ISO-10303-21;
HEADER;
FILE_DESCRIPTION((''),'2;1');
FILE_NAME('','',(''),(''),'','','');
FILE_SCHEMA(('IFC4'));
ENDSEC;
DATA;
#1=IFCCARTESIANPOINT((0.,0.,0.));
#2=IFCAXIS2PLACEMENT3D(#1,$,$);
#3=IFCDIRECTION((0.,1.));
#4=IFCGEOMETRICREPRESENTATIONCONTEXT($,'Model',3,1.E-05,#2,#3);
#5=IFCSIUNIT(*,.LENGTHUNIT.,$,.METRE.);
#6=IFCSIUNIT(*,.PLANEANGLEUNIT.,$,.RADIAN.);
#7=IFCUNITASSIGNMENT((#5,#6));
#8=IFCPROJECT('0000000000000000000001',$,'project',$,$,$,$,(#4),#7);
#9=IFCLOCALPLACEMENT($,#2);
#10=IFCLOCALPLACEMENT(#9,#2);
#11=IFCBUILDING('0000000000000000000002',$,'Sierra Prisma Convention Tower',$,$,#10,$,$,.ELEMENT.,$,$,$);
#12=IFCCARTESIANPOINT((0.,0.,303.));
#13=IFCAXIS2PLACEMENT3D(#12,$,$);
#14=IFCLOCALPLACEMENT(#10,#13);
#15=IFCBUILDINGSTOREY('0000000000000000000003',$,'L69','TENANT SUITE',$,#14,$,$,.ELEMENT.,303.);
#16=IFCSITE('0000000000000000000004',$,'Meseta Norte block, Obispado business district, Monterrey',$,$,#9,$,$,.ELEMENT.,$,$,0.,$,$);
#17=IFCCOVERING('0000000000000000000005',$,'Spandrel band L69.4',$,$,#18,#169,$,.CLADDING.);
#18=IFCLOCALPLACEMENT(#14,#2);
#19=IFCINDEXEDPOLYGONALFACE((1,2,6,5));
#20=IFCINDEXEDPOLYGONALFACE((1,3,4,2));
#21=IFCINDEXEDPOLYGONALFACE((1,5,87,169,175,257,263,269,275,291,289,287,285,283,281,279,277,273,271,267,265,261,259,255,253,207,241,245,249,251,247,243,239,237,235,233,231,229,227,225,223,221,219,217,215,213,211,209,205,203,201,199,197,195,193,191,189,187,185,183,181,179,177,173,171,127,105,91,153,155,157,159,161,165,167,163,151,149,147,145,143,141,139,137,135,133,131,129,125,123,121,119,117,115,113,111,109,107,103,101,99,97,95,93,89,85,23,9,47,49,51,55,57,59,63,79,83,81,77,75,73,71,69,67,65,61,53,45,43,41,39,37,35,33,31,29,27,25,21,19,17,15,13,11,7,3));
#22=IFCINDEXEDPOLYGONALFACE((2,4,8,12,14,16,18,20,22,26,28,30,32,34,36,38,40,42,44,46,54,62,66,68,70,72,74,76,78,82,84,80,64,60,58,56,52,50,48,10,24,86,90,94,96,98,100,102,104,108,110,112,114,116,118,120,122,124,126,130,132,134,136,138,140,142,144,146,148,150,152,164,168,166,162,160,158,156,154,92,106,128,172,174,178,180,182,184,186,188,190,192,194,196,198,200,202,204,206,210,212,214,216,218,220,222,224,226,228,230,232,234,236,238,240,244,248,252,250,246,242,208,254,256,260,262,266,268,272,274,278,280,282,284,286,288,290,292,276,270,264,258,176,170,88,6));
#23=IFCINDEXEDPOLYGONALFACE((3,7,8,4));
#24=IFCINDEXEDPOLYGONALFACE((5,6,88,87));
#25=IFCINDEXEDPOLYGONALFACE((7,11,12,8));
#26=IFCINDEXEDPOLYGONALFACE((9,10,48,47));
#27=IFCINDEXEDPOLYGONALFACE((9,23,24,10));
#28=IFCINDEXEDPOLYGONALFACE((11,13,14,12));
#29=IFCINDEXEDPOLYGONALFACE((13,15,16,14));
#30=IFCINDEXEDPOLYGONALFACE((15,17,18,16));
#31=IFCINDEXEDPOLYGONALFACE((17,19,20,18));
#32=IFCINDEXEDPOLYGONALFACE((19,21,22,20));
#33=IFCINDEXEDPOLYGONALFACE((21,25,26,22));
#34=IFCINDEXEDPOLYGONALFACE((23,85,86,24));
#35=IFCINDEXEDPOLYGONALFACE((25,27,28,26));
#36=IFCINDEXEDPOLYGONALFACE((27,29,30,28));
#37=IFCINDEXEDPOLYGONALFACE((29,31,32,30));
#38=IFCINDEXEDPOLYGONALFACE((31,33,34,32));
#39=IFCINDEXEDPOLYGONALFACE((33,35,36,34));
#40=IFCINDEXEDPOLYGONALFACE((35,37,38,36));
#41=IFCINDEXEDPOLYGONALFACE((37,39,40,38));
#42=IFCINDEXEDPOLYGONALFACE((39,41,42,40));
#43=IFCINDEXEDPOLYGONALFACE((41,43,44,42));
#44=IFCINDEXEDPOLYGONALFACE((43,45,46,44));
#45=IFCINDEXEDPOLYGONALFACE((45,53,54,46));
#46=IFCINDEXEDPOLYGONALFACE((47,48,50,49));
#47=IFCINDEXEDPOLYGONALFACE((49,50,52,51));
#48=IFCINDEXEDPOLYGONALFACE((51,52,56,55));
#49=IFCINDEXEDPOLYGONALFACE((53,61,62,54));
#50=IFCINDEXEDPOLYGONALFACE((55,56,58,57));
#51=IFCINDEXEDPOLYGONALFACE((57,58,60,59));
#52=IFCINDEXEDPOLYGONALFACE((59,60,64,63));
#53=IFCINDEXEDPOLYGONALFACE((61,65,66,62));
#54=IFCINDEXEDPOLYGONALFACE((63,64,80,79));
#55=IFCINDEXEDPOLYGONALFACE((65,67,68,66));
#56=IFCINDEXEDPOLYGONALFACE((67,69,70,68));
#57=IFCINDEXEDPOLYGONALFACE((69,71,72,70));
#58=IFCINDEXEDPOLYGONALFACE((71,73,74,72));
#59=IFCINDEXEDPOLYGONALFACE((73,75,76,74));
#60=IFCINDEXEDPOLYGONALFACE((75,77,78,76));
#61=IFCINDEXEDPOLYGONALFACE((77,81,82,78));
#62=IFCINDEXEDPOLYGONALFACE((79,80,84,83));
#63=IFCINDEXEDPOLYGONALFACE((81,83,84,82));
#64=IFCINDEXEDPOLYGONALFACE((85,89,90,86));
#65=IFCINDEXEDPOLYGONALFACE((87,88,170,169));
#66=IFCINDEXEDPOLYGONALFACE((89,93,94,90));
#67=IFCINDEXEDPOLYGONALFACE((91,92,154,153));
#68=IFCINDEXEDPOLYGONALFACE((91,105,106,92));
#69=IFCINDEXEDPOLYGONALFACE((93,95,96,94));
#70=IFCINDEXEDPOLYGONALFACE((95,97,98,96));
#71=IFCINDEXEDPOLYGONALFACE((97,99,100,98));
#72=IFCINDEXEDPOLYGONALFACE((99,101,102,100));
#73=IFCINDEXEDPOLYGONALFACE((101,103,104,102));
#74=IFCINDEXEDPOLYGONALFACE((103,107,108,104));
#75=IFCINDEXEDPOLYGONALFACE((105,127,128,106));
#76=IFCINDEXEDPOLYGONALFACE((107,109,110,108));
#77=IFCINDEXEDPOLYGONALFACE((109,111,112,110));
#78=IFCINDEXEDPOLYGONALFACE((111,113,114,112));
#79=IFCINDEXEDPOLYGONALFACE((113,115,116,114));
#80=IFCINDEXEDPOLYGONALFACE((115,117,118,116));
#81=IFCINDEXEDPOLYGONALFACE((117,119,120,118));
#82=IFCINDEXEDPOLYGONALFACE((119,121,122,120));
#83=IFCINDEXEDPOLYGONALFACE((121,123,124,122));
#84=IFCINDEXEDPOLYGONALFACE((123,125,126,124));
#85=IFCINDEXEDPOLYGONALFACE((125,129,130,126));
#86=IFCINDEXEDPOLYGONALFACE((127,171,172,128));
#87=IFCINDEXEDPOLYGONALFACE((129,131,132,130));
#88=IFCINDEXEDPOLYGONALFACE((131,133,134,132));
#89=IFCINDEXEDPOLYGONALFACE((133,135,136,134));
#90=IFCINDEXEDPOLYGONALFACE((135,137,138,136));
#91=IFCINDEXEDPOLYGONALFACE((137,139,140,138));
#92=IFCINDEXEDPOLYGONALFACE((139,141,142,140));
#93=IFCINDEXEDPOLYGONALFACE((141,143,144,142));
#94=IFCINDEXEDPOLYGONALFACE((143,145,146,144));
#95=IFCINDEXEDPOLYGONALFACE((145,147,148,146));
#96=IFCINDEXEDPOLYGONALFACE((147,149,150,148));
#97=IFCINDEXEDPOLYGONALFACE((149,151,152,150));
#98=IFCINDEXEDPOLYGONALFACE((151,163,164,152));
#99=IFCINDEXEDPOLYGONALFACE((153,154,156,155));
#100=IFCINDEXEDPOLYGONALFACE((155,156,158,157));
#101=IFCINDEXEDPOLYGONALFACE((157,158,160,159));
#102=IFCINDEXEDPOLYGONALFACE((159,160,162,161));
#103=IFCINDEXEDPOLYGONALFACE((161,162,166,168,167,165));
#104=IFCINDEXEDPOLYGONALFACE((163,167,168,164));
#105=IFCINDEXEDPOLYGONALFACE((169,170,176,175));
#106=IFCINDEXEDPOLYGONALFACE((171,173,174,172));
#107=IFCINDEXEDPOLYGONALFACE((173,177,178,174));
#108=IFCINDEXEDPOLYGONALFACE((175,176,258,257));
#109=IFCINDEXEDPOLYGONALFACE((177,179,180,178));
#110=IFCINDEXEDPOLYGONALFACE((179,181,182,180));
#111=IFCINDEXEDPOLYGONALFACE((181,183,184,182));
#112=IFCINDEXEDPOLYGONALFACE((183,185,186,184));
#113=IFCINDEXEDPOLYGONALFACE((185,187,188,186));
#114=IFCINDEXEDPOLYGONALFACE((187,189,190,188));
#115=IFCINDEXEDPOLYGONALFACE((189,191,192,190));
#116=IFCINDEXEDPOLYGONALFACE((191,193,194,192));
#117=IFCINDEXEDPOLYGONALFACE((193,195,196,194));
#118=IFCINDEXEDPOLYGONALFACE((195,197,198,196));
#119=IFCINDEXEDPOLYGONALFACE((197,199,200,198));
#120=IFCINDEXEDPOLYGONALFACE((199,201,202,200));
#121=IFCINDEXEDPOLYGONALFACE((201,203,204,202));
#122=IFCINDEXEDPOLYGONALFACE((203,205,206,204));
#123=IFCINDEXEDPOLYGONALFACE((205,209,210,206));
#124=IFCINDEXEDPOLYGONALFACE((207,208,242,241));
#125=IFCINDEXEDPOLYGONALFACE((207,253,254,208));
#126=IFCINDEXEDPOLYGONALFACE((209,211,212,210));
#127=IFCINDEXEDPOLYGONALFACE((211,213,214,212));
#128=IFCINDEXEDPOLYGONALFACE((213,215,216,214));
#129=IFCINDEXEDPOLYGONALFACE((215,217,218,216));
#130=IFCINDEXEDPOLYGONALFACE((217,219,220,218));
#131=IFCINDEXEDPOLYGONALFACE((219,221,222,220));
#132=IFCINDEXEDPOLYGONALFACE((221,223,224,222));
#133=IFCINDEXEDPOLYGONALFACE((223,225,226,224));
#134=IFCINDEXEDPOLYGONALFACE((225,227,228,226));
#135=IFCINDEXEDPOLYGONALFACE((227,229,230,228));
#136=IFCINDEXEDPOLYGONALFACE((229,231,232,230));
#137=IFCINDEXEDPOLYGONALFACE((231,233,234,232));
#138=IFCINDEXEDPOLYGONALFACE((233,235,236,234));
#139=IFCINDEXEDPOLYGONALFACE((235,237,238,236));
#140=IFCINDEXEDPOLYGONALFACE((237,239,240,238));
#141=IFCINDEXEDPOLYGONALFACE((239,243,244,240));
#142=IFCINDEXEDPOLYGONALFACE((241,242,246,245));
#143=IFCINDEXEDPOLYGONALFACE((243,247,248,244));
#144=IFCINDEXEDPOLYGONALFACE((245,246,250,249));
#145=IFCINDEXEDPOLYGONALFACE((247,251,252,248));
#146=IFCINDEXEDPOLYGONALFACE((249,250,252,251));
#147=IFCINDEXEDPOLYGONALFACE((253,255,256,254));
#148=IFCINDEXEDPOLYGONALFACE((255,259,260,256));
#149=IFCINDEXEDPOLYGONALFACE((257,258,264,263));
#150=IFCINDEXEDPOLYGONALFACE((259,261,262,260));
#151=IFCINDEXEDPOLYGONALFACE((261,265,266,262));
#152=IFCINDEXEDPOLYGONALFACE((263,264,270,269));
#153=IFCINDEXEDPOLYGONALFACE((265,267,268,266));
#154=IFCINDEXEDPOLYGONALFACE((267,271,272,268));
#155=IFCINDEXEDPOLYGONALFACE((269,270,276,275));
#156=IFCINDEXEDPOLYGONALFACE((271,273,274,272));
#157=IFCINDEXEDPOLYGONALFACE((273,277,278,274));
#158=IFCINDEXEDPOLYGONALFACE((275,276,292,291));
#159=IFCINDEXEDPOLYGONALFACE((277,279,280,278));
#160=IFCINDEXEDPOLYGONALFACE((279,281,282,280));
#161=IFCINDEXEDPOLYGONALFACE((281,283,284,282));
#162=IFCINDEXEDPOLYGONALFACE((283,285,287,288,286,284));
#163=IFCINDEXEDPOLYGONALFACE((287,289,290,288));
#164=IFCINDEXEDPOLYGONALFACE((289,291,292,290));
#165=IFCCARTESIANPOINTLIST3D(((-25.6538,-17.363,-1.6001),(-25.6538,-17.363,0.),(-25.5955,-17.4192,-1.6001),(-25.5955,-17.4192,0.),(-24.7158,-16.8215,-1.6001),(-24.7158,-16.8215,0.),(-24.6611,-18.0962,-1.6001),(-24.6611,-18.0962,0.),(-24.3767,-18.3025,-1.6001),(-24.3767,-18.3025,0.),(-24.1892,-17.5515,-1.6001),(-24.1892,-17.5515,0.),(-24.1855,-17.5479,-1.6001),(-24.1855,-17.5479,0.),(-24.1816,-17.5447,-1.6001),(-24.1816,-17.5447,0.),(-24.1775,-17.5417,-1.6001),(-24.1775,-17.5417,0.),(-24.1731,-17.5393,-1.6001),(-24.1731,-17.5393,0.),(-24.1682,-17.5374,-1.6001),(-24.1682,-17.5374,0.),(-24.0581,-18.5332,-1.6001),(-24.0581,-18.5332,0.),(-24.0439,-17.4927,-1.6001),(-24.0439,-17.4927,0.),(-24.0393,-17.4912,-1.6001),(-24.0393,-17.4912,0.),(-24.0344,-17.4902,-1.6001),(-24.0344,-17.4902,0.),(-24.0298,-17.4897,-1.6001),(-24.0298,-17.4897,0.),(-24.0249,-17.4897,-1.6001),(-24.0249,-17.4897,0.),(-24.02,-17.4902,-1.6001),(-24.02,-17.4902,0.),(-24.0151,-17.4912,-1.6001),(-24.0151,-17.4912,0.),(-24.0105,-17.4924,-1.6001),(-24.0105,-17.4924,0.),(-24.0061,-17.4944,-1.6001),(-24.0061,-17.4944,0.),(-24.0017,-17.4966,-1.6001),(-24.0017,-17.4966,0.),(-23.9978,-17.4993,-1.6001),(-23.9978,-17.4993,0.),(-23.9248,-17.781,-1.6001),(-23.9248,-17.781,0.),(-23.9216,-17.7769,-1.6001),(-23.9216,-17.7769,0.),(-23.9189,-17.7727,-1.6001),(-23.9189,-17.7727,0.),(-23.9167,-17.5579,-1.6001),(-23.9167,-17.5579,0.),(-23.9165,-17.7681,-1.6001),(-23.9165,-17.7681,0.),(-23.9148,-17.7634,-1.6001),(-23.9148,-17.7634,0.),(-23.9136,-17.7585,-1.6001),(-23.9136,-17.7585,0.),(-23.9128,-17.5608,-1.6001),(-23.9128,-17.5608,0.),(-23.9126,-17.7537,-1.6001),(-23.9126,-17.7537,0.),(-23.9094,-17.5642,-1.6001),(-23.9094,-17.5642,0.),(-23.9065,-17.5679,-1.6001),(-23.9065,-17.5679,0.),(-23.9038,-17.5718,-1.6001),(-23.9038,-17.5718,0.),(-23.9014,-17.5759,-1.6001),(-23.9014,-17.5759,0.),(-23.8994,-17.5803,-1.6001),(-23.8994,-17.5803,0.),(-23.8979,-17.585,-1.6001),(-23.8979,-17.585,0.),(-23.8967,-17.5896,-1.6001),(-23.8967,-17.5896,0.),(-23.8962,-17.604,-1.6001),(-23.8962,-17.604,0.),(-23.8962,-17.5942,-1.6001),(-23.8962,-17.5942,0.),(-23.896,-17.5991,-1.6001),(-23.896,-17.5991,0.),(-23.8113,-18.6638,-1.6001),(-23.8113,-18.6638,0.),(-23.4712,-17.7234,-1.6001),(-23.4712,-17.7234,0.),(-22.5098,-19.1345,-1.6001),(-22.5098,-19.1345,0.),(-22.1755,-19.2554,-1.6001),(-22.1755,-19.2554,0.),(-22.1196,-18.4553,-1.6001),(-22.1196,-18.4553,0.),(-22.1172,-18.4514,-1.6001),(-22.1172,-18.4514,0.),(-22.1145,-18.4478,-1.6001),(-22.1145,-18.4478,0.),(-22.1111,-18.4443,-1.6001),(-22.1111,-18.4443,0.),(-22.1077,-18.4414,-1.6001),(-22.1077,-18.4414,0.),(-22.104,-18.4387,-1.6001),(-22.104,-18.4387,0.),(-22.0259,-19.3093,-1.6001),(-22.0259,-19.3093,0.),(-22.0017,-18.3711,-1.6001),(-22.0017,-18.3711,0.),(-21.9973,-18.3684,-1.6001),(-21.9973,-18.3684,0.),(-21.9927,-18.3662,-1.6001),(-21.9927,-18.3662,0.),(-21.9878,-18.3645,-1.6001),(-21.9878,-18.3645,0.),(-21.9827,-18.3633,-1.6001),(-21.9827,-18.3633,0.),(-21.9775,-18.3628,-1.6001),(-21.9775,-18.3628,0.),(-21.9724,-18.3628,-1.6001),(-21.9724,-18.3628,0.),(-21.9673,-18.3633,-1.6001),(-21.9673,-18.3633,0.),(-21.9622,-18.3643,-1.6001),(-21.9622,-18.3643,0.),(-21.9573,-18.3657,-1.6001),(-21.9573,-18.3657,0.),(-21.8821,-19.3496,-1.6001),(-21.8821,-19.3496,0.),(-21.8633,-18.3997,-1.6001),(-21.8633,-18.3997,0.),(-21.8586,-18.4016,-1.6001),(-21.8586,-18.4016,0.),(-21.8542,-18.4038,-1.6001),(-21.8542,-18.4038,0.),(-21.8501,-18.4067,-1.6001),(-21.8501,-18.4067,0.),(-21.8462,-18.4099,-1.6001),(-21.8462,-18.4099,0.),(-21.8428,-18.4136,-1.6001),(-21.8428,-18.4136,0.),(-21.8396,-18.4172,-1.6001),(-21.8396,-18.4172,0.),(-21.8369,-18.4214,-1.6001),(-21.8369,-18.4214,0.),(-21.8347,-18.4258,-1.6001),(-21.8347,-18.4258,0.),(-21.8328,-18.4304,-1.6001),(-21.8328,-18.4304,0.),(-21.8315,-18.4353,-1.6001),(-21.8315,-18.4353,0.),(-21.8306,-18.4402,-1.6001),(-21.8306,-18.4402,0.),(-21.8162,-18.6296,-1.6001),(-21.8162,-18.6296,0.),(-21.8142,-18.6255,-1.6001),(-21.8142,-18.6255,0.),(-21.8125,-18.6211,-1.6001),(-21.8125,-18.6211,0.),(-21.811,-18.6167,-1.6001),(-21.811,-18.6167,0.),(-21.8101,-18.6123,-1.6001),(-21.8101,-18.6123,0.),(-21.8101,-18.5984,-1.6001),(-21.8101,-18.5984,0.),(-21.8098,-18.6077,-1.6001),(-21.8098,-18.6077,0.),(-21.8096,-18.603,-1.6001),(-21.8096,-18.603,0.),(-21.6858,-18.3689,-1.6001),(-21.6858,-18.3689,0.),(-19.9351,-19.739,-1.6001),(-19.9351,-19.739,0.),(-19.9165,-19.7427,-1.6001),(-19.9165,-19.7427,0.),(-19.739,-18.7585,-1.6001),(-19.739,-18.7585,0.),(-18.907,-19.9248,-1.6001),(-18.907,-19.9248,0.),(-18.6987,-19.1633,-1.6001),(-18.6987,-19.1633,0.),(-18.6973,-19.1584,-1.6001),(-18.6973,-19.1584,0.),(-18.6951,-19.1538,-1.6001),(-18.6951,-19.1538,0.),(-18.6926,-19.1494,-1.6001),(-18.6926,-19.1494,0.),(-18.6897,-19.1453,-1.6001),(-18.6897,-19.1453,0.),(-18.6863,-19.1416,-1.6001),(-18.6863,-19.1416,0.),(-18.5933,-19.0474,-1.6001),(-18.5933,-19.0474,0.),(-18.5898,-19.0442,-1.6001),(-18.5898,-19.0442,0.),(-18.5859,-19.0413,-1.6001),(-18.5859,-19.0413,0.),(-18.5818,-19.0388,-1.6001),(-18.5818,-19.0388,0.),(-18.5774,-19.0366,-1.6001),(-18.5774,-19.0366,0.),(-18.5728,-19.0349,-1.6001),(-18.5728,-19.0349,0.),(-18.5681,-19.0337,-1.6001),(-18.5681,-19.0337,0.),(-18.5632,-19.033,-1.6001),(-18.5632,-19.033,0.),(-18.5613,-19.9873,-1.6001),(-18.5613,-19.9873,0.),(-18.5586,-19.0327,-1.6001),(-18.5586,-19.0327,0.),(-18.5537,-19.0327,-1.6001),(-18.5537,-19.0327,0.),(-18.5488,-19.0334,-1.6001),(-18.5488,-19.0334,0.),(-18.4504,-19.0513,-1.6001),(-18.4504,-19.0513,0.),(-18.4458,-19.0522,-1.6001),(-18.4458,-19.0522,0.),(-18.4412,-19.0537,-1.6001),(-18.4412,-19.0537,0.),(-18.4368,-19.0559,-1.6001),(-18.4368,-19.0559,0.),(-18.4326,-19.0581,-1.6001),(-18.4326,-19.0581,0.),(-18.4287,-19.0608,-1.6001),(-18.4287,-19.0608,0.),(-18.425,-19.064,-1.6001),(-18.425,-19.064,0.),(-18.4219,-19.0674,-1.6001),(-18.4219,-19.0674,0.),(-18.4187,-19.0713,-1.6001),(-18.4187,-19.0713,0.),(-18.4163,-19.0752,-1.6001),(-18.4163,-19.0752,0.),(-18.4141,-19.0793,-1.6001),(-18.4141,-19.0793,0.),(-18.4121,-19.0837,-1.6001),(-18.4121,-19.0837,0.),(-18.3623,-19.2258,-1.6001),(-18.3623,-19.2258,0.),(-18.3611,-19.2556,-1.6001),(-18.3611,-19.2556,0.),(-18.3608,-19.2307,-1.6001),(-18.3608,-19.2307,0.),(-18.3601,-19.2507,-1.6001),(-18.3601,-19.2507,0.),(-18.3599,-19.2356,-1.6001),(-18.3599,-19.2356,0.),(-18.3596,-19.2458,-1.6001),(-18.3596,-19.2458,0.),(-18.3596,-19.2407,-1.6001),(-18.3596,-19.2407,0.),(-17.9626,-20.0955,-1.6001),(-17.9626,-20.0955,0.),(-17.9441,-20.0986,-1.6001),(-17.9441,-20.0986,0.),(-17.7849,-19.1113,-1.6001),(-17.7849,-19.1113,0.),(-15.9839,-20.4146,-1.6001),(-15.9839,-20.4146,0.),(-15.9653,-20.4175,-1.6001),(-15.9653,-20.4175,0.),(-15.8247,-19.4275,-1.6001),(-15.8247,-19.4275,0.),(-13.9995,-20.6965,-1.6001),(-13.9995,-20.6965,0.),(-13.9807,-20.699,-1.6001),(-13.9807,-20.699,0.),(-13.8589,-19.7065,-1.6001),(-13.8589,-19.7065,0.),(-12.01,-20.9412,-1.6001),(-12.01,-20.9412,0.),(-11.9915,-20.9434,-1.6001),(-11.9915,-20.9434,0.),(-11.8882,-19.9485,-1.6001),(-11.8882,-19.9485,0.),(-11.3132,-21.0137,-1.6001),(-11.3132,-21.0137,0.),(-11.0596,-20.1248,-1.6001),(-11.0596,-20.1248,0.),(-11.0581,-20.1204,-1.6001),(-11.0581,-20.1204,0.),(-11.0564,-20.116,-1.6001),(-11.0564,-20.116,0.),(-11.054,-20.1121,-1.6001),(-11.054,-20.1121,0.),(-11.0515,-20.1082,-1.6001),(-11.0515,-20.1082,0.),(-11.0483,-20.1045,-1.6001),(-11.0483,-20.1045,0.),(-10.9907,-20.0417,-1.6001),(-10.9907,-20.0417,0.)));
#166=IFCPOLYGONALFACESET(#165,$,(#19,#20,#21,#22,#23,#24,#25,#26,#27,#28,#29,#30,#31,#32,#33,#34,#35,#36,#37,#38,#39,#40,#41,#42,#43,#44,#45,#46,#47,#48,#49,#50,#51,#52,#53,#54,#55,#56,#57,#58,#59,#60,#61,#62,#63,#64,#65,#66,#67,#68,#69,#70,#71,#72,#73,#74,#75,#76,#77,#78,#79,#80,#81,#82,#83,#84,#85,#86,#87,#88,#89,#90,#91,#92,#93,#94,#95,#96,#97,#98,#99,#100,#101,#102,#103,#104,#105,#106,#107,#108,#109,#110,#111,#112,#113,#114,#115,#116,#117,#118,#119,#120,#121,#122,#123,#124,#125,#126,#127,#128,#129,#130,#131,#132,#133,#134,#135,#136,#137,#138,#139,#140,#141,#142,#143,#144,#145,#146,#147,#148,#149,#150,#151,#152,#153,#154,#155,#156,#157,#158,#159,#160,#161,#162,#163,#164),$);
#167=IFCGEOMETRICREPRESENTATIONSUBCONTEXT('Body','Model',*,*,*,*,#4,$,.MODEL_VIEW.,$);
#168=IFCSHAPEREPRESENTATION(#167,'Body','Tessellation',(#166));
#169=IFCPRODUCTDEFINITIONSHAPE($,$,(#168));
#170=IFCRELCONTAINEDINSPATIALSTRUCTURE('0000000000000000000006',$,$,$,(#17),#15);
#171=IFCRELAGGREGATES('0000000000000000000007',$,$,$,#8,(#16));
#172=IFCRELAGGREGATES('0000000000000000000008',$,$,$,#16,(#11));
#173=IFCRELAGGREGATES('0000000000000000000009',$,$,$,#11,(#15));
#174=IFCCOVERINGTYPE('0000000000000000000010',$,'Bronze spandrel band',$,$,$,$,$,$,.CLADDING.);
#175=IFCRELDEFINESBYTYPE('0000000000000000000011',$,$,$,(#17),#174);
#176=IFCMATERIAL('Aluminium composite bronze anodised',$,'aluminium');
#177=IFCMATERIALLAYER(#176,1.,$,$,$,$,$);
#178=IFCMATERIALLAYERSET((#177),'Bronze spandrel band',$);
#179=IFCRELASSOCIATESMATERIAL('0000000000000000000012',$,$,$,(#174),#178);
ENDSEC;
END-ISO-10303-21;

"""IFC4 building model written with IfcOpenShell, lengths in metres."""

from ifc_helpers import new_model, si_unit, direction, frame, origin, place, context, subcontext, project, spatial, polyline, outline, extrude, material, layer, layer_set, type_object, element, save


model = new_model("IFC4")

# Units and contexts
model_context = context("Model", 3, precision=1e-05, world=origin(), true_north=direction((0.0, 1.0)))
body_context = subcontext(model_context, "Body", "Model", "MODEL_VIEW")
ifc_project = project(units=[si_unit("LENGTHUNIT", "METRE"), si_unit("PLANEANGLEUNIT", "RADIAN")], contexts=[model_context])

# Site, building, storey
site_placement = place(None, origin())
site = spatial("IfcSite", under=ifc_project, at=site_placement, Name="Meseta Norte block, Obispado business district, Monterrey", CompositionType="ELEMENT", RefElevation=0.0)
building_placement = place(site_placement, origin())
building = spatial("IfcBuilding", under=site, at=building_placement, Name="Sierra Prisma Convention Tower", CompositionType="ELEMENT")
storey_placement = place(building_placement, frame((0.0, 0.0, 303.0)))
storey = spatial("IfcBuildingStorey", under=building, at=storey_placement, Name="L69", Description="TENANT SUITE", CompositionType="ELEMENT", Elevation=303.0)

# Covering
ifc_material_1 = material(Name="Aluminium composite bronze anodised", Category="aluminium")
ifc_layer_1 = layer(ifc_material_1, 1.0)
ifc_layer_set_1 = layer_set([ifc_layer_1], Name="Bronze spandrel band")
covering_type = type_object("IfcCoveringType", Name="Bronze spandrel band", PredefinedType="CLADDING", material=ifc_layer_set_1)
covering_1_placement = place(storey_placement, frame((0.0, 0.0, -1.6001)))
element("IfcCovering", 1, at=covering_1_placement, inside=storey, type_object=covering_type, Name="Spandrel band L69.4", PredefinedType="CLADDING", context=body_context, shape_type="SweptSolid", body=[
    extrude(outline(polyline([(-21.6858, -18.3689), (-19.739, -18.7585), (-17.7849, -19.1113), (-15.8247, -19.4275), (-13.8589, -19.7065), (-11.8882, -19.9485), (-10.9907, -20.0417), (-11.0483, -20.1045), (-11.0515, -20.1082), (-11.054, -20.1121), (-11.0564, -20.116), (-11.0581, -20.1204), (-11.0596, -20.1248), (-11.3132, -21.0137), (-11.9915, -20.9434), (-12.01, -20.9412), (-13.9807, -20.699), (-13.9995, -20.6965), (-15.9653, -20.4175), (-15.9839, -20.4146), (-17.9441, -20.0986), (-17.9626, -20.0955), (-18.5613, -19.9873), (-18.3611, -19.2556), (-18.3601, -19.2507), (-18.3596, -19.2458), (-18.3596, -19.2407), (-18.3599, -19.2356), (-18.3608, -19.2307), (-18.3623, -19.2258), (-18.4121, -19.0837), (-18.4141, -19.0793), (-18.4163, -19.0752), (-18.4187, -19.0713), (-18.4219, -19.0674), (-18.425, -19.064), (-18.4287, -19.0608), (-18.4326, -19.0581), (-18.4368, -19.0559), (-18.4412, -19.0537), (-18.4458, -19.0522), (-18.4504, -19.0513), (-18.5488, -19.0334), (-18.5537, -19.0327), (-18.5586, -19.0327), (-18.5632, -19.033), (-18.5681, -19.0337), (-18.5728, -19.0349), (-18.5774, -19.0366), (-18.5818, -19.0388), (-18.5859, -19.0413), (-18.5898, -19.0442), (-18.5933, -19.0474), (-18.6863, -19.1416), (-18.6897, -19.1453), (-18.6926, -19.1494), (-18.6951, -19.1538), (-18.6973, -19.1584), (-18.6987, -19.1633), (-18.907, -19.9248), (-19.9165, -19.7427), (-19.9351, -19.739), (-21.8821, -19.3496), (-22.0259, -19.3093), (-22.1755, -19.2554), (-21.8162, -18.6296), (-21.8142, -18.6255), (-21.8125, -18.6211), (-21.811, -18.6167), (-21.8101, -18.6123), (-21.8098, -18.6077), (-21.8096, -18.603), (-21.8101, -18.5984), (-21.8306, -18.4402), (-21.8315, -18.4353), (-21.8328, -18.4304), (-21.8347, -18.4258), (-21.8369, -18.4214), (-21.8396, -18.4172), (-21.8428, -18.4136), (-21.8462, -18.4099), (-21.8501, -18.4067), (-21.8542, -18.4038), (-21.8586, -18.4016), (-21.8633, -18.3997), (-21.9573, -18.3657), (-21.9622, -18.3643), (-21.9673, -18.3633), (-21.9724, -18.3628), (-21.9775, -18.3628), (-21.9827, -18.3633), (-21.9878, -18.3645), (-21.9927, -18.3662), (-21.9973, -18.3684), (-22.0017, -18.3711), (-22.104, -18.4387), (-22.1077, -18.4414), (-22.1111, -18.4443), (-22.1145, -18.4478), (-22.1172, -18.4514), (-22.1196, -18.4553), (-22.5098, -19.1345), (-23.8113, -18.6638), (-24.0581, -18.5332), (-24.3767, -18.3025), (-23.9248, -17.781), (-23.9216, -17.7769), (-23.9189, -17.7727), (-23.9165, -17.7681), (-23.9148, -17.7634), (-23.9136, -17.7585), (-23.9126, -17.7537), (-23.8962, -17.604), (-23.896, -17.5991), (-23.8962, -17.5942), (-23.8967, -17.5896), (-23.8979, -17.585), (-23.8994, -17.5803), (-23.9014, -17.5759), (-23.9038, -17.5718), (-23.9065, -17.5679), (-23.9094, -17.5642), (-23.9128, -17.5608), (-23.9167, -17.5579), (-23.9978, -17.4993), (-24.0017, -17.4966), (-24.0061, -17.4944), (-24.0105, -17.4924), (-24.0151, -17.4912), (-24.02, -17.4902), (-24.0249, -17.4897), (-24.0298, -17.4897), (-24.0344, -17.4902), (-24.0393, -17.4912), (-24.0439, -17.4927), (-24.1682, -17.5374), (-24.1731, -17.5393), (-24.1775, -17.5417), (-24.1816, -17.5447), (-24.1855, -17.5479), (-24.1892, -17.5515), (-24.6611, -18.0962), (-25.5955, -17.4192), (-25.6538, -17.363), (-24.7158, -16.8215), (-23.4712, -17.7234), (-21.6858, -18.3689)])), origin(), (0.0, 0.0, 1.0), 1.6001),
])

save(model, "model.ifc")
